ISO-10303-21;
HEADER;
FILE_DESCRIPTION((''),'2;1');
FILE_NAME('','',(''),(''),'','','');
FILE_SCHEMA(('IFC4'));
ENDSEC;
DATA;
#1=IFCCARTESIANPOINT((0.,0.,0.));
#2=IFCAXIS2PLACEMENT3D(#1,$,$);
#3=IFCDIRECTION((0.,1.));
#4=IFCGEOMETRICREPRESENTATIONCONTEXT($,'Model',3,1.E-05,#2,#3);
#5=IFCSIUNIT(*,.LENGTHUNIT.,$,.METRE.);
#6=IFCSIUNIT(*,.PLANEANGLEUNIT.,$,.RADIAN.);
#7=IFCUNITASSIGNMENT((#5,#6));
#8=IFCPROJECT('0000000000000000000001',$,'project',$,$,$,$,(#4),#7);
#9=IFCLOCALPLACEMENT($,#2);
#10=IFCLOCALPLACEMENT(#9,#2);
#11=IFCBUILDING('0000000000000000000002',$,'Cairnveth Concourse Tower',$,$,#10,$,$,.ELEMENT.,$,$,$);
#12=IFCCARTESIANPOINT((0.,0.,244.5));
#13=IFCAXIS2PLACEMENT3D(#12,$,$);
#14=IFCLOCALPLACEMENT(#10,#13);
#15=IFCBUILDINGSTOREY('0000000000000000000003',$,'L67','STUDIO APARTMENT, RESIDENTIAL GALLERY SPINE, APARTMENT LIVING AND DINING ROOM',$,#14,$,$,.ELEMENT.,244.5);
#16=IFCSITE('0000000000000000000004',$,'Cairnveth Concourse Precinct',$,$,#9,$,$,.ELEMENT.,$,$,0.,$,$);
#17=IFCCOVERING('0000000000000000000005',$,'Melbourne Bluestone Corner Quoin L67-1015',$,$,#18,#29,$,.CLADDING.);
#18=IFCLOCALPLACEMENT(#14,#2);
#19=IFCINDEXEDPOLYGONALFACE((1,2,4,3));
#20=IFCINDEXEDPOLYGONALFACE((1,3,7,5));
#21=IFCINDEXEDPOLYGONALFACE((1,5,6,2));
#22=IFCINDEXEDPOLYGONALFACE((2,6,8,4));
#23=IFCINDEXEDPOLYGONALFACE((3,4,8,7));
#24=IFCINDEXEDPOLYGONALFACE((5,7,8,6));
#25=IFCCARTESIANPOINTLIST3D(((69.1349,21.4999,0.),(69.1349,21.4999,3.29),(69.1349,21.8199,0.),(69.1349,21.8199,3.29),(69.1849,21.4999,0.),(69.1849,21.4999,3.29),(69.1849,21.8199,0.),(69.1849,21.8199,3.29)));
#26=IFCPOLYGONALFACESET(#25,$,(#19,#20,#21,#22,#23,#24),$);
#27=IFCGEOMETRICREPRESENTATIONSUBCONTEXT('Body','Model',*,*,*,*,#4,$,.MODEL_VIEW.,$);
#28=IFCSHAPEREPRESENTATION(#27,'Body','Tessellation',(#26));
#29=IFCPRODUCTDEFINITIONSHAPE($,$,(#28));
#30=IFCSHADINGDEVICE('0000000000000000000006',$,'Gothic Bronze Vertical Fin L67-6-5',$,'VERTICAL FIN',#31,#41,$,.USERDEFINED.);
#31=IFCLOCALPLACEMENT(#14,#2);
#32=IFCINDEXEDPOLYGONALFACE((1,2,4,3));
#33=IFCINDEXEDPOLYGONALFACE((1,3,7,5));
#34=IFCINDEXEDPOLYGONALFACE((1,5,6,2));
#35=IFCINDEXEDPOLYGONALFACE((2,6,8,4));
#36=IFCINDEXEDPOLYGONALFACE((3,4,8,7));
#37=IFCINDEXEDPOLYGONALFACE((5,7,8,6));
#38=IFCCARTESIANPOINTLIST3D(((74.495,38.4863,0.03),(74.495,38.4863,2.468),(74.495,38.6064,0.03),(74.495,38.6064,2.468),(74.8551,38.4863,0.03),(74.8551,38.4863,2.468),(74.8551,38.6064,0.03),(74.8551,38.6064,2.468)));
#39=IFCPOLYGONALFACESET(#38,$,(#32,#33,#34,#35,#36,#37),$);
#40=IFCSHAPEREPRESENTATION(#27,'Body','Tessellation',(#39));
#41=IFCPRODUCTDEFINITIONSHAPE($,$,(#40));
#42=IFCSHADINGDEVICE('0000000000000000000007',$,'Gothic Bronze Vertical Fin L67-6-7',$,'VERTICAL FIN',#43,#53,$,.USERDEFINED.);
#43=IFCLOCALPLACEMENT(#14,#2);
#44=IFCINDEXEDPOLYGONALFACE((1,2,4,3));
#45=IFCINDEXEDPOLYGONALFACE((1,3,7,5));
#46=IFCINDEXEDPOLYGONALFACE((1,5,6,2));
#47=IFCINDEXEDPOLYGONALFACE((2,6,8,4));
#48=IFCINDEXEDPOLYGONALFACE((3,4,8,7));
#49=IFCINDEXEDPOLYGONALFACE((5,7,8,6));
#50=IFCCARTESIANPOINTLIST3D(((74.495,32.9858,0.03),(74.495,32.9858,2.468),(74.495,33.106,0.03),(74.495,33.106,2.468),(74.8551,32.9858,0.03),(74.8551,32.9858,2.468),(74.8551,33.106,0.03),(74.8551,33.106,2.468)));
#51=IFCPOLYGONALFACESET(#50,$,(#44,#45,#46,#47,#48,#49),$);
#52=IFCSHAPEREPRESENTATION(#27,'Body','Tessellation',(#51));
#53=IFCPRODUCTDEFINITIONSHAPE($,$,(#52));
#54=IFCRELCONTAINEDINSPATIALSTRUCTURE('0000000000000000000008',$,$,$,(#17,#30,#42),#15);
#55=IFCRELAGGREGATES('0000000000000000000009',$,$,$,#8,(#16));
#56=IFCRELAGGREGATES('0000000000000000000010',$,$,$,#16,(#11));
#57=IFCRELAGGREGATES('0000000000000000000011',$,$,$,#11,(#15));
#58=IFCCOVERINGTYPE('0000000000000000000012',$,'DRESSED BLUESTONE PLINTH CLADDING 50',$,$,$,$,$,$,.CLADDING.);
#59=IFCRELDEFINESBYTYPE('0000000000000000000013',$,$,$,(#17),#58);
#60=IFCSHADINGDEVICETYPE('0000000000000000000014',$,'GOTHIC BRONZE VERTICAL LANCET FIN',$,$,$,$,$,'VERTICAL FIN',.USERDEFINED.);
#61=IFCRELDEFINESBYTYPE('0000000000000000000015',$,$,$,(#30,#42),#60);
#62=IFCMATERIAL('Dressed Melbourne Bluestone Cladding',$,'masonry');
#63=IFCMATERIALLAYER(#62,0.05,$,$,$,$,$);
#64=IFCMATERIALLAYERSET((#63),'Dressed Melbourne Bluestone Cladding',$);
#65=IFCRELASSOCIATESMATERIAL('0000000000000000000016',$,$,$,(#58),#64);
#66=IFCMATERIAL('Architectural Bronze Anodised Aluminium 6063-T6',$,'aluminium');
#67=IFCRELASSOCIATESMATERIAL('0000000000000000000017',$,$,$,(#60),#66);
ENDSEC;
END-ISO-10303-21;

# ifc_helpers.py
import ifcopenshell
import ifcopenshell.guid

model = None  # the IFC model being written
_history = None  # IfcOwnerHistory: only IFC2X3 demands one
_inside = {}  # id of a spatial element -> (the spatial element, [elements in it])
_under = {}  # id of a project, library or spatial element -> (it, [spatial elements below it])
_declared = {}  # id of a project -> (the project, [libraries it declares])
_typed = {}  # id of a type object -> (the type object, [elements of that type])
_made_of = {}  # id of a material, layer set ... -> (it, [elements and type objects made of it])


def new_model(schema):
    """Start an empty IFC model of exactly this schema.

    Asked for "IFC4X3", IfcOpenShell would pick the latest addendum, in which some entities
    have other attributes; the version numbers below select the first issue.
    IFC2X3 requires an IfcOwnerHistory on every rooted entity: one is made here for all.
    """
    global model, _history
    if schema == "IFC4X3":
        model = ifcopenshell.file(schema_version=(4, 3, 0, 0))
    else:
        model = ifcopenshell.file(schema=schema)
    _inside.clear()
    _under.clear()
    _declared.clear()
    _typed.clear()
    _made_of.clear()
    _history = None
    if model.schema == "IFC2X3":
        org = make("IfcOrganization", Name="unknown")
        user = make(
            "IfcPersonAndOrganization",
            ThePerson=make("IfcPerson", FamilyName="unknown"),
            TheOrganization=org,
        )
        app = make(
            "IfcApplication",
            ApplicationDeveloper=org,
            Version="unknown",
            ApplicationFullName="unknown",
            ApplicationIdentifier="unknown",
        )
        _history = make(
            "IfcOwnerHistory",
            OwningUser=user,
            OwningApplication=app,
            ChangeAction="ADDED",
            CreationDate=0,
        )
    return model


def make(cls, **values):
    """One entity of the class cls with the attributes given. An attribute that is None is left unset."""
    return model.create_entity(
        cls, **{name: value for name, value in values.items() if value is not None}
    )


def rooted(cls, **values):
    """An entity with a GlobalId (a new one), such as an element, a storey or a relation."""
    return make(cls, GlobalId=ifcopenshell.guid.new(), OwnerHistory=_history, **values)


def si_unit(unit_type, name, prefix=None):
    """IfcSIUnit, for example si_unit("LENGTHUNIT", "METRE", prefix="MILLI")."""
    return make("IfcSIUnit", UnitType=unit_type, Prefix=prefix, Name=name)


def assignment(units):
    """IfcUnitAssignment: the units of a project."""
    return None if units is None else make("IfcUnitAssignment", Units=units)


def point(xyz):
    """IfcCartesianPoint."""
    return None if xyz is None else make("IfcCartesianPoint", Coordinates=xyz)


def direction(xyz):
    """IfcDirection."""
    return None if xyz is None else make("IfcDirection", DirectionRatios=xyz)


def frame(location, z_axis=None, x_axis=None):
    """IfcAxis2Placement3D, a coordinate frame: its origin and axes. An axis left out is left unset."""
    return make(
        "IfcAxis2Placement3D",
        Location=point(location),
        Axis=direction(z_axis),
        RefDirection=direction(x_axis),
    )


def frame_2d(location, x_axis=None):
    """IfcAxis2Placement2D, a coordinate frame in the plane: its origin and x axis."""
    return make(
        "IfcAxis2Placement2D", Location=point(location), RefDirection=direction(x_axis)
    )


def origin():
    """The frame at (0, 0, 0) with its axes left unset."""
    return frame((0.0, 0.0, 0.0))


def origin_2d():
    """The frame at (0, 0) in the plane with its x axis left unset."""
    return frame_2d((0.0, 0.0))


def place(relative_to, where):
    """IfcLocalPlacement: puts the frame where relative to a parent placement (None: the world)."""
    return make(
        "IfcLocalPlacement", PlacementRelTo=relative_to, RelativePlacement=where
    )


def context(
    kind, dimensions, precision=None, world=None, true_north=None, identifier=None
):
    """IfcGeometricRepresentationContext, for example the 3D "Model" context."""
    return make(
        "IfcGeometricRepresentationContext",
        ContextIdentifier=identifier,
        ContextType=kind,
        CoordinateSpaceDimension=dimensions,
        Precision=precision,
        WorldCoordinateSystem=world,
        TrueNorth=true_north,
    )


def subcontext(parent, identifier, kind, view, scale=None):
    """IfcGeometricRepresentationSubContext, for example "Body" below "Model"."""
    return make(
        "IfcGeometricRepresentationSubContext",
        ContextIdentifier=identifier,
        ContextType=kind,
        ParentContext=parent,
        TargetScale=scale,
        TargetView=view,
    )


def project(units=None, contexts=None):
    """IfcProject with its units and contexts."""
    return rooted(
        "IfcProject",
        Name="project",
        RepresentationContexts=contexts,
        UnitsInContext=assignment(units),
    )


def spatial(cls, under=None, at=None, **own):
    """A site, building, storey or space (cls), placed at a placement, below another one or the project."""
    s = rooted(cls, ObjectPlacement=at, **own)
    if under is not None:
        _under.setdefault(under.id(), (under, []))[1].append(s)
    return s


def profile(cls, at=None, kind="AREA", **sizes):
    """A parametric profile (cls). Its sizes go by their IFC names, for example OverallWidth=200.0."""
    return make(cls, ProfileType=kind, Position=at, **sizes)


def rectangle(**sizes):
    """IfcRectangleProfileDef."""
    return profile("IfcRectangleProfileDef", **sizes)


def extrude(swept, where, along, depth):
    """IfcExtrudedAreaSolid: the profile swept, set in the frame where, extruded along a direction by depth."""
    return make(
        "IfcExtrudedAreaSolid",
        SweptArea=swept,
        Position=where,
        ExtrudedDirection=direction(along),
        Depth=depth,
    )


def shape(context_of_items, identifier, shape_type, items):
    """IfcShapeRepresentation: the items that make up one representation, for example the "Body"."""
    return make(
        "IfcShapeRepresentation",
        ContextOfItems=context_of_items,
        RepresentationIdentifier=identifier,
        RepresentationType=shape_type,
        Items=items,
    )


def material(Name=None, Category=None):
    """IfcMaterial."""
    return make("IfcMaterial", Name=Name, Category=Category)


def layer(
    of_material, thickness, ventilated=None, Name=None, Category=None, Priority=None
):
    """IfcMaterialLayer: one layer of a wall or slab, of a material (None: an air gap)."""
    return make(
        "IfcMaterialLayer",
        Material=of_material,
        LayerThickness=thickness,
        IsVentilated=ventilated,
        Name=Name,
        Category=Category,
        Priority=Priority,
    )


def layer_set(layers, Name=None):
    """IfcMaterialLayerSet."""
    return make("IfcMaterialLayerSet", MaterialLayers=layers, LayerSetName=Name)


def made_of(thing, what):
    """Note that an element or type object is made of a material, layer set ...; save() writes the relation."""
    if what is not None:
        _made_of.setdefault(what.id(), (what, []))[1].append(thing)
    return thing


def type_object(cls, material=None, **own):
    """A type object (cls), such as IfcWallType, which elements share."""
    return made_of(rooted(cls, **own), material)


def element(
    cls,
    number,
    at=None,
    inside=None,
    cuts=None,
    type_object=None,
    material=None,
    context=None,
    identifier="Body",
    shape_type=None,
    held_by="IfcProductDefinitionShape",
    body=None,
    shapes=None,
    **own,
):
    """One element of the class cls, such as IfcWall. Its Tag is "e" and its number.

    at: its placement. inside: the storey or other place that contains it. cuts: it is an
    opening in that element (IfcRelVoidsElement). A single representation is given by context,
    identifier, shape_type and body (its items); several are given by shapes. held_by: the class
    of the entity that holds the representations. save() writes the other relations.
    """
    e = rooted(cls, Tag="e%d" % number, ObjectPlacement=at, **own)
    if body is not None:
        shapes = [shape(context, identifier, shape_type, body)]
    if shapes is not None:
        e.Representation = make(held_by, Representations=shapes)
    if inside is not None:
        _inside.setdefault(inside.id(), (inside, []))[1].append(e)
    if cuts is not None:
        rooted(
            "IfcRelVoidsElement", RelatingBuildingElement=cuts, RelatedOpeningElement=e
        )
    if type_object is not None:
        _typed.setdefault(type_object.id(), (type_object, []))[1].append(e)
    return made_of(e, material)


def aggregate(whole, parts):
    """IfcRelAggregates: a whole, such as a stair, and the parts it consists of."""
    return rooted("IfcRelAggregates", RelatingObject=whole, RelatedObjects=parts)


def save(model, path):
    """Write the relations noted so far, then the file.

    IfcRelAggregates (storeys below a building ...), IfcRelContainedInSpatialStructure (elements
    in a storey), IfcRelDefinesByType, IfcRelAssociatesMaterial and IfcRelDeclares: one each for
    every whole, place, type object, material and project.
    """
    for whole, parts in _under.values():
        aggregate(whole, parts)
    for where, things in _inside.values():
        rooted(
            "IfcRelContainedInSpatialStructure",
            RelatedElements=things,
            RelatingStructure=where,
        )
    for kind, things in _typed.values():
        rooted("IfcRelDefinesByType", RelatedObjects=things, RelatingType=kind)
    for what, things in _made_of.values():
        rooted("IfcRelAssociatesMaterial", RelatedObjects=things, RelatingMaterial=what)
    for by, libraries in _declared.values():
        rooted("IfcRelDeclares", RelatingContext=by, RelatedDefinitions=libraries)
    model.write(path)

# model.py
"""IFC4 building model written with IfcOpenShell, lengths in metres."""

from ifc_helpers import new_model, si_unit, direction, frame, frame_2d, origin, origin_2d, place, context, subcontext, project, spatial, rectangle, extrude, material, layer, layer_set, type_object, element, save


model = new_model("IFC4")

# Units and contexts
model_context = context("Model", 3, precision=1e-05, world=origin(), true_north=direction((0.0, 1.0)))
body_context = subcontext(model_context, "Body", "Model", "MODEL_VIEW")
ifc_project = project(units=[si_unit("LENGTHUNIT", "METRE"), si_unit("PLANEANGLEUNIT", "RADIAN")], contexts=[model_context])

# Site, building, storey
site_placement = place(None, origin())
site = spatial("IfcSite", under=ifc_project, at=site_placement, Name="Cairnveth Concourse Precinct", CompositionType="ELEMENT", RefElevation=0.0)
building_placement = place(site_placement, origin())
building = spatial("IfcBuilding", under=site, at=building_placement, Name="Cairnveth Concourse Tower", CompositionType="ELEMENT")
storey_placement = place(building_placement, frame((0.0, 0.0, 244.5)))
storey = spatial("IfcBuildingStorey", under=building, at=storey_placement, Name="L67", Description="STUDIO APARTMENT, RESIDENTIAL GALLERY SPINE, APARTMENT LIVING AND DINING ROOM", CompositionType="ELEMENT", Elevation=244.5)

# Covering
ifc_material_1 = material(Name="Dressed Melbourne Bluestone Cladding", Category="masonry")
ifc_layer_1 = layer(ifc_material_1, 0.05)
ifc_layer_set_1 = layer_set([ifc_layer_1], Name="Dressed Melbourne Bluestone Cladding")
covering_type = type_object("IfcCoveringType", Name="DRESSED BLUESTONE PLINTH CLADDING 50", PredefinedType="CLADDING", material=ifc_layer_set_1)
for number, where, z_axis, x_axis, name in (
    (1, (69.1599, 21.8201, 0.0), (0.0, 0.0, 1.0), (0.0, -1.0, 0.0), "Melbourne Bluestone Corner Quoin L67-1015"),
):
    element("IfcCovering", number, at=place(storey_placement, frame(where, z_axis=z_axis, x_axis=x_axis)), inside=storey, type_object=covering_type, Name=name, PredefinedType="CLADDING", context=body_context, shape_type="SweptSolid", body=[
        extrude(rectangle(XDim=0.3201, YDim=0.05, at=frame_2d((0.1602, 0.0))), origin(), (0.0, 0.0, 1.0), 3.29),
    ])

# Shading devices
ifc_material_2 = material(Name="Architectural Bronze Anodised Aluminium 6063-T6", Category="aluminium")
shading_device_type = type_object("IfcShadingDeviceType", Name="GOTHIC BRONZE VERTICAL LANCET FIN", ElementType="VERTICAL FIN", PredefinedType="USERDEFINED", material=ifc_material_2)
for number, where, z_axis, x_axis, name in (
    (2, (74.675, 38.5464, 0.03), (0.0, 0.0, 1.0), (0.0, 1.0, 0.0), "Gothic Bronze Vertical Fin L67-6-5"),
    (3, (74.675, 33.0459, 0.03), (0.0, 0.0, 1.0), (0.0, 1.0, 0.0), "Gothic Bronze Vertical Fin L67-6-7"),
):
    element("IfcShadingDevice", number, at=place(storey_placement, frame(where, z_axis=z_axis, x_axis=x_axis)), inside=storey, type_object=shading_device_type, Name=name, ObjectType="VERTICAL FIN", PredefinedType="USERDEFINED", context=body_context, shape_type="SweptSolid", body=[
        extrude(rectangle(XDim=0.1201, YDim=0.3601, at=origin_2d()), origin(), (0.0, 0.0, 1.0), 2.438),
    ])

save(model, "model.ifc")
